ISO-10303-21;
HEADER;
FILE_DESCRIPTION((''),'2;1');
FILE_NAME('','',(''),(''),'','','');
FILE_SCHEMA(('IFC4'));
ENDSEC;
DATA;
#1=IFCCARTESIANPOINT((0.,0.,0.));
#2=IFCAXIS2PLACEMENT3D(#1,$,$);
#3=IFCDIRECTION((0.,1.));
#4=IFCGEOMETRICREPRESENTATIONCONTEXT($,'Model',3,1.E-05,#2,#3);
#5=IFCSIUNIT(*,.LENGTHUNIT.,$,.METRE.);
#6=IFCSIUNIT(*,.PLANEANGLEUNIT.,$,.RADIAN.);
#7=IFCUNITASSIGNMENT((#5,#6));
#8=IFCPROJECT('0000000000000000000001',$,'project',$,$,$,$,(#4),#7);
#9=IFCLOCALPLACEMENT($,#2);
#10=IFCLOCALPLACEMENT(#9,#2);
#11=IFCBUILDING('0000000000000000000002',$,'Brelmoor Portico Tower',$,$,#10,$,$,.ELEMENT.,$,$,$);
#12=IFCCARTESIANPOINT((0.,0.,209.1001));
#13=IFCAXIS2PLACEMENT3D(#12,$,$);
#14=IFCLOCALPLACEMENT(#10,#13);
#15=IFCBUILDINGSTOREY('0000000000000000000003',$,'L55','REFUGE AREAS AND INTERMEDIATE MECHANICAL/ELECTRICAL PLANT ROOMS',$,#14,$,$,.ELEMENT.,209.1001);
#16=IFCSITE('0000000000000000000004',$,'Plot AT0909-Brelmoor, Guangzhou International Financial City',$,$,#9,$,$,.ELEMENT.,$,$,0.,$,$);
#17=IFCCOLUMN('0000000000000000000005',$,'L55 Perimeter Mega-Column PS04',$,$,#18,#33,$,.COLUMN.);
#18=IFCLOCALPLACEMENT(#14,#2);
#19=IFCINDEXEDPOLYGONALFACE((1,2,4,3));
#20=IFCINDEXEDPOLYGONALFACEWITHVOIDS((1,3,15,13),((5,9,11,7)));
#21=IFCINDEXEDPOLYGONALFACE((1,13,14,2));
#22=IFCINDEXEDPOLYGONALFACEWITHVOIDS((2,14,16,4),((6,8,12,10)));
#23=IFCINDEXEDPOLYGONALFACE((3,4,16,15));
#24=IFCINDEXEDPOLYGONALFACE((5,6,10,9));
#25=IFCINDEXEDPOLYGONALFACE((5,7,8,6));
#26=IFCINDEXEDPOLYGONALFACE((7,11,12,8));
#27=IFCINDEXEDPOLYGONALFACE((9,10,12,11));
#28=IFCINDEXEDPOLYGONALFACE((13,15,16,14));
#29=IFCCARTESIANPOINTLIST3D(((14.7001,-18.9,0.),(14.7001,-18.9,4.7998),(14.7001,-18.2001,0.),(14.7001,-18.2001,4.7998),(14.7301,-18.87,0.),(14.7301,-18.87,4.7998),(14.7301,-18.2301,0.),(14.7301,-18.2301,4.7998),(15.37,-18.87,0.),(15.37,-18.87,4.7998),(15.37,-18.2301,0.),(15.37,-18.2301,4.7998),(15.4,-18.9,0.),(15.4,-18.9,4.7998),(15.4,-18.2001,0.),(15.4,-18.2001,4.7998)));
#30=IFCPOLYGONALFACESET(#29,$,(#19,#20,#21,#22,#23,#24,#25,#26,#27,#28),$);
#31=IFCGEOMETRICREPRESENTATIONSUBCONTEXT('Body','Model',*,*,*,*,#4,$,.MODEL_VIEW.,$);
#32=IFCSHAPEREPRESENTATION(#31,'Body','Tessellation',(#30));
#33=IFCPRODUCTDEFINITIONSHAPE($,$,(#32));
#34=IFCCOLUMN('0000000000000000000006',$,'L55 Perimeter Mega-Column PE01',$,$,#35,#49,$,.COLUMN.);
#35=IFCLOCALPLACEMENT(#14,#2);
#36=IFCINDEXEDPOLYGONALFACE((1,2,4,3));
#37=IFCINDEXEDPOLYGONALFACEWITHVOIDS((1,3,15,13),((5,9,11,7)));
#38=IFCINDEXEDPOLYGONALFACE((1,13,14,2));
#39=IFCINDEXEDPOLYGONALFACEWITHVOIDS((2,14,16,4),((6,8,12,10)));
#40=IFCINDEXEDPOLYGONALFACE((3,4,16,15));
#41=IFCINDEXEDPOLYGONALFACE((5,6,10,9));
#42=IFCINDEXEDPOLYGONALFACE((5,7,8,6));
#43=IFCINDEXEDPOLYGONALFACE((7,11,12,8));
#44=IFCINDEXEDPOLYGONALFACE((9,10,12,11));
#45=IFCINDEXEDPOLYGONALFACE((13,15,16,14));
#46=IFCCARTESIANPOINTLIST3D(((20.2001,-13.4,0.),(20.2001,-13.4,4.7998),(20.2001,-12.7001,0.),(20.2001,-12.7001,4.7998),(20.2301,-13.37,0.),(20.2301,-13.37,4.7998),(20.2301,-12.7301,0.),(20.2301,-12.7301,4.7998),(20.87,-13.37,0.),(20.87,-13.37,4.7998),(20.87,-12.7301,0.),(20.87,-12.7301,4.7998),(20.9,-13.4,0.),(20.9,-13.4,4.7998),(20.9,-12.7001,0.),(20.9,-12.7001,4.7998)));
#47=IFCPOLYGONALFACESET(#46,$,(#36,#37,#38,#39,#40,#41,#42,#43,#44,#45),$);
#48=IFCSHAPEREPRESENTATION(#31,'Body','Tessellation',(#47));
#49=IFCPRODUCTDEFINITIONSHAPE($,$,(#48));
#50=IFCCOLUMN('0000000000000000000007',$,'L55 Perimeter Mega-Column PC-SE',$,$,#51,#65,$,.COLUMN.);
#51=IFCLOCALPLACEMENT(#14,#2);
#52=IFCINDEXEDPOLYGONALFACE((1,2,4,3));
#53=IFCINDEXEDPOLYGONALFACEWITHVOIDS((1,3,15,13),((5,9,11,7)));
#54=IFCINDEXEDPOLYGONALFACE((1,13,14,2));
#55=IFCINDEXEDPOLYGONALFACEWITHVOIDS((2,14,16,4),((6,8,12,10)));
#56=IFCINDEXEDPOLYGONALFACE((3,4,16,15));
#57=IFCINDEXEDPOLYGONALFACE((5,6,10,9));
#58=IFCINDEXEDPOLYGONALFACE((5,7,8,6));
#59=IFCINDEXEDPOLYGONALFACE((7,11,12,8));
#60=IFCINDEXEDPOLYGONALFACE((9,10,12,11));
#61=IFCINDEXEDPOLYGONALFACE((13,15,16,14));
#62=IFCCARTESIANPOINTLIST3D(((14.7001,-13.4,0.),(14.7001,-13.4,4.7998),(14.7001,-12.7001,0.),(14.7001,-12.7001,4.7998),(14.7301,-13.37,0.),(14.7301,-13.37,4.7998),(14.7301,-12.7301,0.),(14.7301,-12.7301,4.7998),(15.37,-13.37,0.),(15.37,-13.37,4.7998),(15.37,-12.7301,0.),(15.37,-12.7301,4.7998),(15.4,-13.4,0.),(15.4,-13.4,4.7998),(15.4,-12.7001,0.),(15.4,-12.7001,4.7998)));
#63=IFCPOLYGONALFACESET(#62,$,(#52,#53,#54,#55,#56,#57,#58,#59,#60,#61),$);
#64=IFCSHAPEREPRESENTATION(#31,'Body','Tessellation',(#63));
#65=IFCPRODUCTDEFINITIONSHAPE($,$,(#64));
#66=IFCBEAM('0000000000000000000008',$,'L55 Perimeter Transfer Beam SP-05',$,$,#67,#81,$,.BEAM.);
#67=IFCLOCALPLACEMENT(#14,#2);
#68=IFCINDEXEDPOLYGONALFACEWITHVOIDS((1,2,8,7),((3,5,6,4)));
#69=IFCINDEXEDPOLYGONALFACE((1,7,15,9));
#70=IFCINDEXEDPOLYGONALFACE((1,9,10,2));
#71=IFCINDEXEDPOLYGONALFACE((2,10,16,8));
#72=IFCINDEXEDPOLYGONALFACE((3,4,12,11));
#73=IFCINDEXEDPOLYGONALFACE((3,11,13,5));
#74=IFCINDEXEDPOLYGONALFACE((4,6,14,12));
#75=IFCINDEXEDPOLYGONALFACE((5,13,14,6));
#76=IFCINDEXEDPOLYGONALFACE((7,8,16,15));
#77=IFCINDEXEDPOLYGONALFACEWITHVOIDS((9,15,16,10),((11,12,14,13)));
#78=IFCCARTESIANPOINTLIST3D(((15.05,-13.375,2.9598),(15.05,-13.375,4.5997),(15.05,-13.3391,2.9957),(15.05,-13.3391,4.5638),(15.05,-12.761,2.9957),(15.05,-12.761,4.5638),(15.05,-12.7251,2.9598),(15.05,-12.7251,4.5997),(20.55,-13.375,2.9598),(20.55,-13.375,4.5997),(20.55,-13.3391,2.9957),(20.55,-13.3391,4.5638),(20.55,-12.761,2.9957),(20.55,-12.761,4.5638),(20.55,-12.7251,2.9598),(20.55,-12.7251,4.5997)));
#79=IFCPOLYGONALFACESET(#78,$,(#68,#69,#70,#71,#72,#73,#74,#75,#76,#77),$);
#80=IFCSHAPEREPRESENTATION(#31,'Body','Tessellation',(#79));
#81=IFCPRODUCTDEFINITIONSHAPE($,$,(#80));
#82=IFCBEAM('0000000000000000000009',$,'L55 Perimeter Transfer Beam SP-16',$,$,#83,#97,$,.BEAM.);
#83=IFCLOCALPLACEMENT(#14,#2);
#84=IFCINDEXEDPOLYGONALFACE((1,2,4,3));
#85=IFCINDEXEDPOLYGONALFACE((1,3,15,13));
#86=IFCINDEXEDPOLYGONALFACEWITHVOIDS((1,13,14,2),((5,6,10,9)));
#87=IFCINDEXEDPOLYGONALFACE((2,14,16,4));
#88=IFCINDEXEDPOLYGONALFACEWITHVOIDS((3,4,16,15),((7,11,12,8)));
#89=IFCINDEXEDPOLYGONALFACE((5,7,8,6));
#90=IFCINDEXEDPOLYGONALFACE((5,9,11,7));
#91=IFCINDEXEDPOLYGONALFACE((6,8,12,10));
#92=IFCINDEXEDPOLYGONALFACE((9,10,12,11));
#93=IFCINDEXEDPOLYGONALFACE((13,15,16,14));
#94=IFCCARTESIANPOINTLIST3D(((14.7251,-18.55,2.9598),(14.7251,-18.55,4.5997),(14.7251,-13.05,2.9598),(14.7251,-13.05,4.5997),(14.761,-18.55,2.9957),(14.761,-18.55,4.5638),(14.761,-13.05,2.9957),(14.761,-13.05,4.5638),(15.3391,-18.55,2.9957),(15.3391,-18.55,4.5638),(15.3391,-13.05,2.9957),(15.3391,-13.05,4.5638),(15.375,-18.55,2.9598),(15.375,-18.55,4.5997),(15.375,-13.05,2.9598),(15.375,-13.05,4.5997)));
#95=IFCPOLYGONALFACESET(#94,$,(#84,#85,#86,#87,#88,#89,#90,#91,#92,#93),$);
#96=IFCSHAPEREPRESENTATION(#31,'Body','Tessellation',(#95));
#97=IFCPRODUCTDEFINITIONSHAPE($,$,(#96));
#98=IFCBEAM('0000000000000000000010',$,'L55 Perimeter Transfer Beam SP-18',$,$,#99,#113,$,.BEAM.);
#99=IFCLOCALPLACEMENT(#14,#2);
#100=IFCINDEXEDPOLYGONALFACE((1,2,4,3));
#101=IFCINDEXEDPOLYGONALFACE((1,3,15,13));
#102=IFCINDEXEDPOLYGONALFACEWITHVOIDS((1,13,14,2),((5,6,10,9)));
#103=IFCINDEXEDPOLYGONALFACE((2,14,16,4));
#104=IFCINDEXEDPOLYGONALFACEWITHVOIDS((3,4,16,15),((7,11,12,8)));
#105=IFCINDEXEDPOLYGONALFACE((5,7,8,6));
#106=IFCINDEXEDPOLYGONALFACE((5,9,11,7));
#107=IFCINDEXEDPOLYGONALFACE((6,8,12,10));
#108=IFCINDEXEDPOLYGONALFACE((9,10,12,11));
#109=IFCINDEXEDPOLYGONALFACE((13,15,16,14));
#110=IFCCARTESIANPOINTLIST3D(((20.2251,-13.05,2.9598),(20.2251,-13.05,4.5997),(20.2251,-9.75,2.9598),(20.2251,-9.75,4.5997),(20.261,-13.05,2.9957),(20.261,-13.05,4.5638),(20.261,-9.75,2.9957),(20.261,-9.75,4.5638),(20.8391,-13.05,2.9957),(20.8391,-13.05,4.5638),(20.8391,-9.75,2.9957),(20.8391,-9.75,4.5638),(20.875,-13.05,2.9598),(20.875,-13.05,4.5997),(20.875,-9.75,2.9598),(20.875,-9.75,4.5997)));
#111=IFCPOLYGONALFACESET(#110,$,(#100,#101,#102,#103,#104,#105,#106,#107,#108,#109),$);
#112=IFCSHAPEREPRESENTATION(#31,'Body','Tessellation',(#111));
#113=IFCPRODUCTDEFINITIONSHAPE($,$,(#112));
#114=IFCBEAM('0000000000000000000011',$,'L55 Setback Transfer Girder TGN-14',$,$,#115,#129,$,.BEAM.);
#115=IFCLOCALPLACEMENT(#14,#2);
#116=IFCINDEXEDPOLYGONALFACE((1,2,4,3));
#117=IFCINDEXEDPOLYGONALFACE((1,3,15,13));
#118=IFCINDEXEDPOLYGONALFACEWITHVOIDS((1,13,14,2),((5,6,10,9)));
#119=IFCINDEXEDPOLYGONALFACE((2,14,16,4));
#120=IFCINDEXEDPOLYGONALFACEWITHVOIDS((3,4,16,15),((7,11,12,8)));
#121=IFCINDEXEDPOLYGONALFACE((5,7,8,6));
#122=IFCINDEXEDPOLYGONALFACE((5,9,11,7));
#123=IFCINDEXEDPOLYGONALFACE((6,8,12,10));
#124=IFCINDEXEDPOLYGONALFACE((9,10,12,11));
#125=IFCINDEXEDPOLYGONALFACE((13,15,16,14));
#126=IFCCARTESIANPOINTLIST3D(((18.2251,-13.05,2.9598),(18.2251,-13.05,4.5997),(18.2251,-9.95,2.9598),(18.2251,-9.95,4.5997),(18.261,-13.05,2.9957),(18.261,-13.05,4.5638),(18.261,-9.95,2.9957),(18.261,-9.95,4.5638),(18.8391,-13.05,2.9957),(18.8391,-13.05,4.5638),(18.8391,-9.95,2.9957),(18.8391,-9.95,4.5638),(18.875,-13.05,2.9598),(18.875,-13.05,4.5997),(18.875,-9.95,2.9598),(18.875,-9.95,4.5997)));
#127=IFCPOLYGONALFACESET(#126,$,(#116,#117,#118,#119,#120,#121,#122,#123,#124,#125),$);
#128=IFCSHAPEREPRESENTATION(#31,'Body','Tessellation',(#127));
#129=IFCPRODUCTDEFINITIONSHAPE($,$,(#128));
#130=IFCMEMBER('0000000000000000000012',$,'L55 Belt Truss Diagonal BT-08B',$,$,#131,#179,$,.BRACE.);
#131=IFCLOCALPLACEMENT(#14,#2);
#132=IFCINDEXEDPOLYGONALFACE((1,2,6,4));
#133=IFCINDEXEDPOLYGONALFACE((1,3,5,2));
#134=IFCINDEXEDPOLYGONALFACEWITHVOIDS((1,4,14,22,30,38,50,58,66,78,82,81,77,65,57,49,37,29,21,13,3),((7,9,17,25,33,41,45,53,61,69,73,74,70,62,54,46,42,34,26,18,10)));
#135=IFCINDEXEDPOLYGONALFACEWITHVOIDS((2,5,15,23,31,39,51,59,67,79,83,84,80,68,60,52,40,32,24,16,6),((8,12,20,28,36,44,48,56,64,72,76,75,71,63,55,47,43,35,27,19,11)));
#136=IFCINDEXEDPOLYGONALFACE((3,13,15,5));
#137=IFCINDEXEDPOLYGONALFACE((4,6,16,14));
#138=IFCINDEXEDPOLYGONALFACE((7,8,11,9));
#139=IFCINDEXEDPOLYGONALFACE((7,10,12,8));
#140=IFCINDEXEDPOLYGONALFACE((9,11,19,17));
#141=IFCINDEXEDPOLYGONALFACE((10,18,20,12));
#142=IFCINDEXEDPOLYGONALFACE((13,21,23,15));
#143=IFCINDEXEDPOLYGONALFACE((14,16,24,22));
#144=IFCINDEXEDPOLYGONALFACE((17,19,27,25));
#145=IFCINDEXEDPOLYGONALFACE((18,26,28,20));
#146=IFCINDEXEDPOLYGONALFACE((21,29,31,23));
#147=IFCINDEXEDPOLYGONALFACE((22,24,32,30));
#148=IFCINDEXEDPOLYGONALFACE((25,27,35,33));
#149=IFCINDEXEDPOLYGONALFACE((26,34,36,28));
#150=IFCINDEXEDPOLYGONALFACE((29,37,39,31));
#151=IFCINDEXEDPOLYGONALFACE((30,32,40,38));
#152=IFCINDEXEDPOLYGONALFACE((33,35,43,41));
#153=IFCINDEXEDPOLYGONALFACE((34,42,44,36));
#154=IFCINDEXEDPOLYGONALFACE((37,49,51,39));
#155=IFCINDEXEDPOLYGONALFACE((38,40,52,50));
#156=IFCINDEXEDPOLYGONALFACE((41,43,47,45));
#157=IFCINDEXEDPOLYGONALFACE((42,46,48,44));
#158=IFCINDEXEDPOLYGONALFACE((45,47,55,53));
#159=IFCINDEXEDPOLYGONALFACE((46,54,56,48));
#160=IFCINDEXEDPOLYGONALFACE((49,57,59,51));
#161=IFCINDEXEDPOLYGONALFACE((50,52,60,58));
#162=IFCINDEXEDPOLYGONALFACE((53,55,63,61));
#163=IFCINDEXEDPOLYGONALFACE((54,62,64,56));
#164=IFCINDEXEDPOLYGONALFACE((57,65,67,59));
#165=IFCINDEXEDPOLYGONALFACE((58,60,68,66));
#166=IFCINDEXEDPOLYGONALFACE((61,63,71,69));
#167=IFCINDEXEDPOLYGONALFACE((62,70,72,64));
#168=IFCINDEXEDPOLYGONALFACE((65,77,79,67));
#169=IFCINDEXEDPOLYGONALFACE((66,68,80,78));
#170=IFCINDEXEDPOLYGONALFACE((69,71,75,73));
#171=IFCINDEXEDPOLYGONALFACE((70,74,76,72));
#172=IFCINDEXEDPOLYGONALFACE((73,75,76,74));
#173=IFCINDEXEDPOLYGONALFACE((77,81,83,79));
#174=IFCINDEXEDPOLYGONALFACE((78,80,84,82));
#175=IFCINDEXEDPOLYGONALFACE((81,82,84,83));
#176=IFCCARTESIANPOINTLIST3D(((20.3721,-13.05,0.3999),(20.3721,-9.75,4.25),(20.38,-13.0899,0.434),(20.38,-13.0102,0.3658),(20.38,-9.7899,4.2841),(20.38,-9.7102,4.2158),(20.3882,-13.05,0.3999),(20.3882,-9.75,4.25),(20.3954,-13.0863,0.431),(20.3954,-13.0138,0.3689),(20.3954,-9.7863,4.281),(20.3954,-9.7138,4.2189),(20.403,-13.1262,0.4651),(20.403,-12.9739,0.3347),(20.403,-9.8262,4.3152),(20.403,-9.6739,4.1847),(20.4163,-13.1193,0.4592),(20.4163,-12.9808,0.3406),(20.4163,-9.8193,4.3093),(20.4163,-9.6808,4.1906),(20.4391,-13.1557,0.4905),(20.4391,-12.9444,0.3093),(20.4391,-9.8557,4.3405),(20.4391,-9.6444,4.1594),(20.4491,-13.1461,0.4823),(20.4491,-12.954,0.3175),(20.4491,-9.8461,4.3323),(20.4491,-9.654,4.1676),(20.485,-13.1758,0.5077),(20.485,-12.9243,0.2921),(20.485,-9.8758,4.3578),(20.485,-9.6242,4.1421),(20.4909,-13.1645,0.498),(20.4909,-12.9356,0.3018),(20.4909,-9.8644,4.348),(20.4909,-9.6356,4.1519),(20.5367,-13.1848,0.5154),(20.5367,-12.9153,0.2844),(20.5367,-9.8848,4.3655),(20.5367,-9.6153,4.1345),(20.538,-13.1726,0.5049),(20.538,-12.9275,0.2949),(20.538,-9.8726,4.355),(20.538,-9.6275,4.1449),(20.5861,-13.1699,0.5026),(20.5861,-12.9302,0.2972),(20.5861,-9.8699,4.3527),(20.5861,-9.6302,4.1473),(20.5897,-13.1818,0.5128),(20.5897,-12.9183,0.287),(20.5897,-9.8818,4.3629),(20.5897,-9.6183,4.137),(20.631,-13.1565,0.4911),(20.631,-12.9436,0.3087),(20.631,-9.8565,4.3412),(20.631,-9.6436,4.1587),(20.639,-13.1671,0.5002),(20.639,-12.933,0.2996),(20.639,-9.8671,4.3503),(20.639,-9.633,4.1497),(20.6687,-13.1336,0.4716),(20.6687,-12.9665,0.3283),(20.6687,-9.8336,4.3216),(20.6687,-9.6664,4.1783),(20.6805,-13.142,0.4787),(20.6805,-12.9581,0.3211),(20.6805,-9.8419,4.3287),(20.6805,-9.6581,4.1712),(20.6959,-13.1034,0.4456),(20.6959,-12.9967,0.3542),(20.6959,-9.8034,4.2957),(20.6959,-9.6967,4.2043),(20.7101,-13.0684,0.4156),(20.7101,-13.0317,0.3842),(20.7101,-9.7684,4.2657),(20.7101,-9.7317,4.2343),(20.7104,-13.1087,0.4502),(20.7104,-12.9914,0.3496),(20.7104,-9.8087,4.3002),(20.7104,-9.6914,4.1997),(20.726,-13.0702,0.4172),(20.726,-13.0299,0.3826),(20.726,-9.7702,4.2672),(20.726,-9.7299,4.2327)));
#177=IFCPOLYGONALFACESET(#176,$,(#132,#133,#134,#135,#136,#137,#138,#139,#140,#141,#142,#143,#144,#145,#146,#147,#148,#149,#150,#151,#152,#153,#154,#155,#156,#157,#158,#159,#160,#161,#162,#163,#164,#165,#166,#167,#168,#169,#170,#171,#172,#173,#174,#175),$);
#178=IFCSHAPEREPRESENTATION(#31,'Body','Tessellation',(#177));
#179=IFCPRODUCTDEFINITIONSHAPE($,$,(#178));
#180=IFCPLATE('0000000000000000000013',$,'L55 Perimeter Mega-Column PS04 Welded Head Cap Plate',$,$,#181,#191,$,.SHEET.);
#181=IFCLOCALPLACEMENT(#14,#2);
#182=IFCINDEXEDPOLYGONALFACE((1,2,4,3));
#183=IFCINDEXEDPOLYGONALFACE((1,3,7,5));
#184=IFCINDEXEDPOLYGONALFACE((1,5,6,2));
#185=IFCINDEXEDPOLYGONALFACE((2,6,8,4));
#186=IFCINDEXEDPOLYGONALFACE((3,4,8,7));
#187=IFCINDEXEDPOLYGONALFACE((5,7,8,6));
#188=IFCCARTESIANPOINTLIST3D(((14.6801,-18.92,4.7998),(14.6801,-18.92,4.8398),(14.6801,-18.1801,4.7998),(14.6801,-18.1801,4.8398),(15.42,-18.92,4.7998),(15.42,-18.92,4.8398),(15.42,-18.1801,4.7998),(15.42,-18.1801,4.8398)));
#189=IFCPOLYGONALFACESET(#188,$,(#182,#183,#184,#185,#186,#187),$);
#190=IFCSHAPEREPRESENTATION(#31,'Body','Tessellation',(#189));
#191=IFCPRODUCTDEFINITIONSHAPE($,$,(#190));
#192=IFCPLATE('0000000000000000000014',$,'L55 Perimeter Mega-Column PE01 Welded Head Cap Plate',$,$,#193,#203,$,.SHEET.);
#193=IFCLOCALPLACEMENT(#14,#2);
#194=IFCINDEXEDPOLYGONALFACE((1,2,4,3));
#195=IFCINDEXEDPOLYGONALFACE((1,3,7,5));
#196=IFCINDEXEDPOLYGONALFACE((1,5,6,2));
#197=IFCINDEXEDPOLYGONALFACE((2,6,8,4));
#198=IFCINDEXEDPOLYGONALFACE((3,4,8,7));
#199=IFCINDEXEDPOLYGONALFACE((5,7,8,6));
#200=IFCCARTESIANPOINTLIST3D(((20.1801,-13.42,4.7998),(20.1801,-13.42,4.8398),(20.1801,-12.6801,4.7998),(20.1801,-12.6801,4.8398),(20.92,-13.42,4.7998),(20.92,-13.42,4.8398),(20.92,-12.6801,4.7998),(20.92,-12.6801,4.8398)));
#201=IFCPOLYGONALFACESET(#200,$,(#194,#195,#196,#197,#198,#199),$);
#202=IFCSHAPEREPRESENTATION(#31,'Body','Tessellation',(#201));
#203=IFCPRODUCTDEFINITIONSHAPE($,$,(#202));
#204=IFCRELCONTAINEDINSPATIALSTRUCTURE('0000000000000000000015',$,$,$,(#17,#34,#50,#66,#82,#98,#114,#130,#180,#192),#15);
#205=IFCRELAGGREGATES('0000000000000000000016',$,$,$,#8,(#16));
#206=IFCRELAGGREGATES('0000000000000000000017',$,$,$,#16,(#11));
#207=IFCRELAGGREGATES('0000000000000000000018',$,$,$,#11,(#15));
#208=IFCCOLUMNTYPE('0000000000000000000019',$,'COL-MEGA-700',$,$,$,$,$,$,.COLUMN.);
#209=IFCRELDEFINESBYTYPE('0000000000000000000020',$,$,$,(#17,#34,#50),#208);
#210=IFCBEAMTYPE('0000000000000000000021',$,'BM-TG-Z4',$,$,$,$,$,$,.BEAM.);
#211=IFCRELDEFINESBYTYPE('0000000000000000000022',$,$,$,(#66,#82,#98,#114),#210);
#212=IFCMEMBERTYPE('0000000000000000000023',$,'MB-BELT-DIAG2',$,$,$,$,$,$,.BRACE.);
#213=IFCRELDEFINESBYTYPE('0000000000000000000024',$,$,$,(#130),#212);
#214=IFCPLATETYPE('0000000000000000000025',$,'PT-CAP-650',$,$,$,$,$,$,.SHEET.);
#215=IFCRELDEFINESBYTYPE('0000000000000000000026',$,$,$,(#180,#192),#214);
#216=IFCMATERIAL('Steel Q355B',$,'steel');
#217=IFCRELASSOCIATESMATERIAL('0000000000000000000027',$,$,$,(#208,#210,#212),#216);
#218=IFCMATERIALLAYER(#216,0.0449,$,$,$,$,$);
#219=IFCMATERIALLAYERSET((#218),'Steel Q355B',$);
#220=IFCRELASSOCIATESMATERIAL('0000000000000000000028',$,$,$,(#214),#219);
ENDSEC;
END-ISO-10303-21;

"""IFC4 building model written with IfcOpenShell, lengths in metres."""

from ifc_helpers import new_model, si_unit, direction, frame, origin, origin_2d, place, context, subcontext, project, spatial, rectangle, hollow_rectangle, hollow_circle, extrude, material, layer, layer_set, material_profile, profile_set, type_object, element, save


model = new_model("IFC4")

# Units and contexts
model_context = context("Model", 3, precision=1e-05, world=origin(), true_north=direction((0.0, 1.0)))
body_context = subcontext(model_context, "Body", "Model", "MODEL_VIEW")
ifc_project = project(units=[si_unit("LENGTHUNIT", "METRE"), si_unit("PLANEANGLEUNIT", "RADIAN")], contexts=[model_context])

# Site, building, storey
site_placement = place(None, origin())
site = spatial("IfcSite", under=ifc_project, at=site_placement, Name="Plot AT0909-Brelmoor, Guangzhou International Financial City", CompositionType="ELEMENT", RefElevation=0.0)
building_placement = place(site_placement, origin())
building = spatial("IfcBuilding", under=site, at=building_placement, Name="Brelmoor Portico Tower", CompositionType="ELEMENT")
storey_placement = place(building_placement, frame((0.0, 0.0, 209.1001)))
storey = spatial("IfcBuildingStorey", under=building, at=storey_placement, Name="L55", Description="REFUGE AREAS AND INTERMEDIATE MECHANICAL/ELECTRICAL PLANT ROOMS", CompositionType="ELEMENT", Elevation=209.1001)

# Columns
ifc_material_1 = material(Name="Steel Q355B", Category="steel")
ifc_material_profile_1 = material_profile(ifc_material_1, hollow_rectangle(XDim=0.7, YDim=0.7, WallThickness=0.03, at=origin_2d()), Name="BOX 700x700x30")
ifc_profile_set_1 = profile_set([ifc_material_profile_1], Name="Steel Q355B")
column_type = type_object("IfcColumnType", Name="COL-MEGA-700", PredefinedType="COLUMN", material=ifc_profile_set_1)
for number, where, z_axis, x_axis, name in (
    (1, (15.05, -18.55, 0.0), (0.0, 0.0, 1.0), (1.0, 0.0, 0.0), "L55 Perimeter Mega-Column PS04"),
    (2, (20.55, -13.05, 0.0), (0.0, 0.0, 1.0), (0.0, 1.0, 0.0), "L55 Perimeter Mega-Column PE01"),
    (3, (15.05, -13.05, 0.0), (0.0, 0.0, 1.0), (1.0, 0.0, 0.0), "L55 Perimeter Mega-Column PC-SE"),
):
    element("IfcColumn", number, at=place(storey_placement, frame(where, z_axis=z_axis, x_axis=x_axis)), inside=storey, type_object=column_type, Name=name, PredefinedType="COLUMN", context=body_context, shape_type="SweptSolid", body=[
        extrude(hollow_rectangle(XDim=0.7, YDim=0.7, WallThickness=0.03, at=origin_2d()), origin(), (0.0, 0.0, 1.0), 4.7998),
    ])

# Beams
ifc_material_profile_2 = material_profile(ifc_material_1, hollow_rectangle(XDim=0.6499, YDim=1.6399, WallThickness=0.0359, at=origin_2d()), Name="BOX 650x1640x36")
ifc_profile_set_2 = profile_set([ifc_material_profile_2], Name="Steel Q355B")
beam_type = type_object("IfcBeamType", Name="BM-TG-Z4", PredefinedType="BEAM", material=ifc_profile_set_2)
for number, where, z_axis, x_axis, name in (
    (4, (15.05, -13.05, 3.7798), (1.0, 0.0, 0.0), (0.0, 1.0, 0.0), "L55 Perimeter Transfer Beam SP-05"),
    (5, (15.05, -18.55, 3.7798), (0.0, 1.0, 0.0), (-1.0, 0.0, 0.0), "L55 Perimeter Transfer Beam SP-16"),
):
    element("IfcBeam", number, at=place(storey_placement, frame(where, z_axis=z_axis, x_axis=x_axis)), inside=storey, type_object=beam_type, Name=name, PredefinedType="BEAM", context=body_context, shape_type="SweptSolid", body=[
        extrude(hollow_rectangle(XDim=0.6499, YDim=1.6399, WallThickness=0.0359, at=origin_2d()), origin(), (0.0, 0.0, 1.0), 5.5),
    ])
beam_1_placement = place(storey_placement, frame((20.55, -13.05, 3.7798), z_axis=(0.0, 1.0, 0.0), x_axis=(-1.0, 0.0, 0.0)))
element("IfcBeam", 6, at=beam_1_placement, inside=storey, type_object=beam_type, Name="L55 Perimeter Transfer Beam SP-18", PredefinedType="BEAM", context=body_context, shape_type="SweptSolid", body=[
    extrude(hollow_rectangle(XDim=0.6499, YDim=1.6399, WallThickness=0.0359, at=origin_2d()), origin(), (0.0, 0.0, 1.0), 3.3),
])
beam_2_placement = place(storey_placement, frame((18.55, -13.05, 3.7798), z_axis=(0.0, 1.0, 0.0), x_axis=(-1.0, 0.0, 0.0)))
element("IfcBeam", 7, at=beam_2_placement, inside=storey, type_object=beam_type, Name="L55 Setback Transfer Girder TGN-14", PredefinedType="BEAM", context=body_context, shape_type="SweptSolid", body=[
    extrude(hollow_rectangle(XDim=0.6499, YDim=1.6399, WallThickness=0.0359, at=origin_2d()), origin(), (0.0, 0.0, 1.0), 3.1001),
])

# Member
ifc_material_profile_3 = material_profile(ifc_material_1, hollow_circle(Radius=0.178, WallThickness=0.0161, at=origin_2d()), Name="CHS 356x16")
ifc_profile_set_3 = profile_set([ifc_material_profile_3], Name="Steel Q355B")
member_type = type_object("IfcMemberType", Name="MB-BELT-DIAG2", PredefinedType="BRACE", material=ifc_profile_set_3)
member_placement = place(storey_placement, frame((20.55, -13.05, 0.3999), z_axis=(0.0, 0.650787, 0.75926), x_axis=(-1.0, 0.0, 0.0)))
element("IfcMember", 8, at=member_placement, inside=storey, type_object=member_type, Name="L55 Belt Truss Diagonal BT-08B", PredefinedType="BRACE", context=body_context, shape_type="SweptSolid", body=[
    extrude(hollow_circle(Radius=0.178, WallThickness=0.0161, at=origin_2d()), origin(), (0.0, 0.0, 1.0), 5.0708),
])

# Plates
ifc_layer_1 = layer(ifc_material_1, 0.0449)
ifc_layer_set_1 = layer_set([ifc_layer_1], Name="Steel Q355B")
plate_type_1 = type_object("IfcPlateType", Name="PT-CAP-650", PredefinedType="SHEET", material=ifc_layer_set_1)
for number, where, z_axis, x_axis, name in (
    (9, (15.05, -18.55, 4.7998), (0.0, 0.0, 1.0), (1.0, 0.0, 0.0), "L55 Perimeter Mega-Column PS04 Welded Head Cap Plate"),
    (10, (20.55, -13.05, 4.7998), (0.0, 0.0, 1.0), (0.0, 1.0, 0.0), "L55 Perimeter Mega-Column PE01 Welded Head Cap Plate"),
):
    element("IfcPlate", number, at=place(storey_placement, frame(where, z_axis=z_axis, x_axis=x_axis)), inside=storey, type_object=plate_type_1, Name=name, PredefinedType="SHEET", context=body_context, shape_type="SweptSolid", body=[
        extrude(rectangle(XDim=0.74, YDim=0.74, at=origin_2d()), origin(), (0.0, 0.0, 1.0), 0.04),
    ])

save(model, "model.ifc")
